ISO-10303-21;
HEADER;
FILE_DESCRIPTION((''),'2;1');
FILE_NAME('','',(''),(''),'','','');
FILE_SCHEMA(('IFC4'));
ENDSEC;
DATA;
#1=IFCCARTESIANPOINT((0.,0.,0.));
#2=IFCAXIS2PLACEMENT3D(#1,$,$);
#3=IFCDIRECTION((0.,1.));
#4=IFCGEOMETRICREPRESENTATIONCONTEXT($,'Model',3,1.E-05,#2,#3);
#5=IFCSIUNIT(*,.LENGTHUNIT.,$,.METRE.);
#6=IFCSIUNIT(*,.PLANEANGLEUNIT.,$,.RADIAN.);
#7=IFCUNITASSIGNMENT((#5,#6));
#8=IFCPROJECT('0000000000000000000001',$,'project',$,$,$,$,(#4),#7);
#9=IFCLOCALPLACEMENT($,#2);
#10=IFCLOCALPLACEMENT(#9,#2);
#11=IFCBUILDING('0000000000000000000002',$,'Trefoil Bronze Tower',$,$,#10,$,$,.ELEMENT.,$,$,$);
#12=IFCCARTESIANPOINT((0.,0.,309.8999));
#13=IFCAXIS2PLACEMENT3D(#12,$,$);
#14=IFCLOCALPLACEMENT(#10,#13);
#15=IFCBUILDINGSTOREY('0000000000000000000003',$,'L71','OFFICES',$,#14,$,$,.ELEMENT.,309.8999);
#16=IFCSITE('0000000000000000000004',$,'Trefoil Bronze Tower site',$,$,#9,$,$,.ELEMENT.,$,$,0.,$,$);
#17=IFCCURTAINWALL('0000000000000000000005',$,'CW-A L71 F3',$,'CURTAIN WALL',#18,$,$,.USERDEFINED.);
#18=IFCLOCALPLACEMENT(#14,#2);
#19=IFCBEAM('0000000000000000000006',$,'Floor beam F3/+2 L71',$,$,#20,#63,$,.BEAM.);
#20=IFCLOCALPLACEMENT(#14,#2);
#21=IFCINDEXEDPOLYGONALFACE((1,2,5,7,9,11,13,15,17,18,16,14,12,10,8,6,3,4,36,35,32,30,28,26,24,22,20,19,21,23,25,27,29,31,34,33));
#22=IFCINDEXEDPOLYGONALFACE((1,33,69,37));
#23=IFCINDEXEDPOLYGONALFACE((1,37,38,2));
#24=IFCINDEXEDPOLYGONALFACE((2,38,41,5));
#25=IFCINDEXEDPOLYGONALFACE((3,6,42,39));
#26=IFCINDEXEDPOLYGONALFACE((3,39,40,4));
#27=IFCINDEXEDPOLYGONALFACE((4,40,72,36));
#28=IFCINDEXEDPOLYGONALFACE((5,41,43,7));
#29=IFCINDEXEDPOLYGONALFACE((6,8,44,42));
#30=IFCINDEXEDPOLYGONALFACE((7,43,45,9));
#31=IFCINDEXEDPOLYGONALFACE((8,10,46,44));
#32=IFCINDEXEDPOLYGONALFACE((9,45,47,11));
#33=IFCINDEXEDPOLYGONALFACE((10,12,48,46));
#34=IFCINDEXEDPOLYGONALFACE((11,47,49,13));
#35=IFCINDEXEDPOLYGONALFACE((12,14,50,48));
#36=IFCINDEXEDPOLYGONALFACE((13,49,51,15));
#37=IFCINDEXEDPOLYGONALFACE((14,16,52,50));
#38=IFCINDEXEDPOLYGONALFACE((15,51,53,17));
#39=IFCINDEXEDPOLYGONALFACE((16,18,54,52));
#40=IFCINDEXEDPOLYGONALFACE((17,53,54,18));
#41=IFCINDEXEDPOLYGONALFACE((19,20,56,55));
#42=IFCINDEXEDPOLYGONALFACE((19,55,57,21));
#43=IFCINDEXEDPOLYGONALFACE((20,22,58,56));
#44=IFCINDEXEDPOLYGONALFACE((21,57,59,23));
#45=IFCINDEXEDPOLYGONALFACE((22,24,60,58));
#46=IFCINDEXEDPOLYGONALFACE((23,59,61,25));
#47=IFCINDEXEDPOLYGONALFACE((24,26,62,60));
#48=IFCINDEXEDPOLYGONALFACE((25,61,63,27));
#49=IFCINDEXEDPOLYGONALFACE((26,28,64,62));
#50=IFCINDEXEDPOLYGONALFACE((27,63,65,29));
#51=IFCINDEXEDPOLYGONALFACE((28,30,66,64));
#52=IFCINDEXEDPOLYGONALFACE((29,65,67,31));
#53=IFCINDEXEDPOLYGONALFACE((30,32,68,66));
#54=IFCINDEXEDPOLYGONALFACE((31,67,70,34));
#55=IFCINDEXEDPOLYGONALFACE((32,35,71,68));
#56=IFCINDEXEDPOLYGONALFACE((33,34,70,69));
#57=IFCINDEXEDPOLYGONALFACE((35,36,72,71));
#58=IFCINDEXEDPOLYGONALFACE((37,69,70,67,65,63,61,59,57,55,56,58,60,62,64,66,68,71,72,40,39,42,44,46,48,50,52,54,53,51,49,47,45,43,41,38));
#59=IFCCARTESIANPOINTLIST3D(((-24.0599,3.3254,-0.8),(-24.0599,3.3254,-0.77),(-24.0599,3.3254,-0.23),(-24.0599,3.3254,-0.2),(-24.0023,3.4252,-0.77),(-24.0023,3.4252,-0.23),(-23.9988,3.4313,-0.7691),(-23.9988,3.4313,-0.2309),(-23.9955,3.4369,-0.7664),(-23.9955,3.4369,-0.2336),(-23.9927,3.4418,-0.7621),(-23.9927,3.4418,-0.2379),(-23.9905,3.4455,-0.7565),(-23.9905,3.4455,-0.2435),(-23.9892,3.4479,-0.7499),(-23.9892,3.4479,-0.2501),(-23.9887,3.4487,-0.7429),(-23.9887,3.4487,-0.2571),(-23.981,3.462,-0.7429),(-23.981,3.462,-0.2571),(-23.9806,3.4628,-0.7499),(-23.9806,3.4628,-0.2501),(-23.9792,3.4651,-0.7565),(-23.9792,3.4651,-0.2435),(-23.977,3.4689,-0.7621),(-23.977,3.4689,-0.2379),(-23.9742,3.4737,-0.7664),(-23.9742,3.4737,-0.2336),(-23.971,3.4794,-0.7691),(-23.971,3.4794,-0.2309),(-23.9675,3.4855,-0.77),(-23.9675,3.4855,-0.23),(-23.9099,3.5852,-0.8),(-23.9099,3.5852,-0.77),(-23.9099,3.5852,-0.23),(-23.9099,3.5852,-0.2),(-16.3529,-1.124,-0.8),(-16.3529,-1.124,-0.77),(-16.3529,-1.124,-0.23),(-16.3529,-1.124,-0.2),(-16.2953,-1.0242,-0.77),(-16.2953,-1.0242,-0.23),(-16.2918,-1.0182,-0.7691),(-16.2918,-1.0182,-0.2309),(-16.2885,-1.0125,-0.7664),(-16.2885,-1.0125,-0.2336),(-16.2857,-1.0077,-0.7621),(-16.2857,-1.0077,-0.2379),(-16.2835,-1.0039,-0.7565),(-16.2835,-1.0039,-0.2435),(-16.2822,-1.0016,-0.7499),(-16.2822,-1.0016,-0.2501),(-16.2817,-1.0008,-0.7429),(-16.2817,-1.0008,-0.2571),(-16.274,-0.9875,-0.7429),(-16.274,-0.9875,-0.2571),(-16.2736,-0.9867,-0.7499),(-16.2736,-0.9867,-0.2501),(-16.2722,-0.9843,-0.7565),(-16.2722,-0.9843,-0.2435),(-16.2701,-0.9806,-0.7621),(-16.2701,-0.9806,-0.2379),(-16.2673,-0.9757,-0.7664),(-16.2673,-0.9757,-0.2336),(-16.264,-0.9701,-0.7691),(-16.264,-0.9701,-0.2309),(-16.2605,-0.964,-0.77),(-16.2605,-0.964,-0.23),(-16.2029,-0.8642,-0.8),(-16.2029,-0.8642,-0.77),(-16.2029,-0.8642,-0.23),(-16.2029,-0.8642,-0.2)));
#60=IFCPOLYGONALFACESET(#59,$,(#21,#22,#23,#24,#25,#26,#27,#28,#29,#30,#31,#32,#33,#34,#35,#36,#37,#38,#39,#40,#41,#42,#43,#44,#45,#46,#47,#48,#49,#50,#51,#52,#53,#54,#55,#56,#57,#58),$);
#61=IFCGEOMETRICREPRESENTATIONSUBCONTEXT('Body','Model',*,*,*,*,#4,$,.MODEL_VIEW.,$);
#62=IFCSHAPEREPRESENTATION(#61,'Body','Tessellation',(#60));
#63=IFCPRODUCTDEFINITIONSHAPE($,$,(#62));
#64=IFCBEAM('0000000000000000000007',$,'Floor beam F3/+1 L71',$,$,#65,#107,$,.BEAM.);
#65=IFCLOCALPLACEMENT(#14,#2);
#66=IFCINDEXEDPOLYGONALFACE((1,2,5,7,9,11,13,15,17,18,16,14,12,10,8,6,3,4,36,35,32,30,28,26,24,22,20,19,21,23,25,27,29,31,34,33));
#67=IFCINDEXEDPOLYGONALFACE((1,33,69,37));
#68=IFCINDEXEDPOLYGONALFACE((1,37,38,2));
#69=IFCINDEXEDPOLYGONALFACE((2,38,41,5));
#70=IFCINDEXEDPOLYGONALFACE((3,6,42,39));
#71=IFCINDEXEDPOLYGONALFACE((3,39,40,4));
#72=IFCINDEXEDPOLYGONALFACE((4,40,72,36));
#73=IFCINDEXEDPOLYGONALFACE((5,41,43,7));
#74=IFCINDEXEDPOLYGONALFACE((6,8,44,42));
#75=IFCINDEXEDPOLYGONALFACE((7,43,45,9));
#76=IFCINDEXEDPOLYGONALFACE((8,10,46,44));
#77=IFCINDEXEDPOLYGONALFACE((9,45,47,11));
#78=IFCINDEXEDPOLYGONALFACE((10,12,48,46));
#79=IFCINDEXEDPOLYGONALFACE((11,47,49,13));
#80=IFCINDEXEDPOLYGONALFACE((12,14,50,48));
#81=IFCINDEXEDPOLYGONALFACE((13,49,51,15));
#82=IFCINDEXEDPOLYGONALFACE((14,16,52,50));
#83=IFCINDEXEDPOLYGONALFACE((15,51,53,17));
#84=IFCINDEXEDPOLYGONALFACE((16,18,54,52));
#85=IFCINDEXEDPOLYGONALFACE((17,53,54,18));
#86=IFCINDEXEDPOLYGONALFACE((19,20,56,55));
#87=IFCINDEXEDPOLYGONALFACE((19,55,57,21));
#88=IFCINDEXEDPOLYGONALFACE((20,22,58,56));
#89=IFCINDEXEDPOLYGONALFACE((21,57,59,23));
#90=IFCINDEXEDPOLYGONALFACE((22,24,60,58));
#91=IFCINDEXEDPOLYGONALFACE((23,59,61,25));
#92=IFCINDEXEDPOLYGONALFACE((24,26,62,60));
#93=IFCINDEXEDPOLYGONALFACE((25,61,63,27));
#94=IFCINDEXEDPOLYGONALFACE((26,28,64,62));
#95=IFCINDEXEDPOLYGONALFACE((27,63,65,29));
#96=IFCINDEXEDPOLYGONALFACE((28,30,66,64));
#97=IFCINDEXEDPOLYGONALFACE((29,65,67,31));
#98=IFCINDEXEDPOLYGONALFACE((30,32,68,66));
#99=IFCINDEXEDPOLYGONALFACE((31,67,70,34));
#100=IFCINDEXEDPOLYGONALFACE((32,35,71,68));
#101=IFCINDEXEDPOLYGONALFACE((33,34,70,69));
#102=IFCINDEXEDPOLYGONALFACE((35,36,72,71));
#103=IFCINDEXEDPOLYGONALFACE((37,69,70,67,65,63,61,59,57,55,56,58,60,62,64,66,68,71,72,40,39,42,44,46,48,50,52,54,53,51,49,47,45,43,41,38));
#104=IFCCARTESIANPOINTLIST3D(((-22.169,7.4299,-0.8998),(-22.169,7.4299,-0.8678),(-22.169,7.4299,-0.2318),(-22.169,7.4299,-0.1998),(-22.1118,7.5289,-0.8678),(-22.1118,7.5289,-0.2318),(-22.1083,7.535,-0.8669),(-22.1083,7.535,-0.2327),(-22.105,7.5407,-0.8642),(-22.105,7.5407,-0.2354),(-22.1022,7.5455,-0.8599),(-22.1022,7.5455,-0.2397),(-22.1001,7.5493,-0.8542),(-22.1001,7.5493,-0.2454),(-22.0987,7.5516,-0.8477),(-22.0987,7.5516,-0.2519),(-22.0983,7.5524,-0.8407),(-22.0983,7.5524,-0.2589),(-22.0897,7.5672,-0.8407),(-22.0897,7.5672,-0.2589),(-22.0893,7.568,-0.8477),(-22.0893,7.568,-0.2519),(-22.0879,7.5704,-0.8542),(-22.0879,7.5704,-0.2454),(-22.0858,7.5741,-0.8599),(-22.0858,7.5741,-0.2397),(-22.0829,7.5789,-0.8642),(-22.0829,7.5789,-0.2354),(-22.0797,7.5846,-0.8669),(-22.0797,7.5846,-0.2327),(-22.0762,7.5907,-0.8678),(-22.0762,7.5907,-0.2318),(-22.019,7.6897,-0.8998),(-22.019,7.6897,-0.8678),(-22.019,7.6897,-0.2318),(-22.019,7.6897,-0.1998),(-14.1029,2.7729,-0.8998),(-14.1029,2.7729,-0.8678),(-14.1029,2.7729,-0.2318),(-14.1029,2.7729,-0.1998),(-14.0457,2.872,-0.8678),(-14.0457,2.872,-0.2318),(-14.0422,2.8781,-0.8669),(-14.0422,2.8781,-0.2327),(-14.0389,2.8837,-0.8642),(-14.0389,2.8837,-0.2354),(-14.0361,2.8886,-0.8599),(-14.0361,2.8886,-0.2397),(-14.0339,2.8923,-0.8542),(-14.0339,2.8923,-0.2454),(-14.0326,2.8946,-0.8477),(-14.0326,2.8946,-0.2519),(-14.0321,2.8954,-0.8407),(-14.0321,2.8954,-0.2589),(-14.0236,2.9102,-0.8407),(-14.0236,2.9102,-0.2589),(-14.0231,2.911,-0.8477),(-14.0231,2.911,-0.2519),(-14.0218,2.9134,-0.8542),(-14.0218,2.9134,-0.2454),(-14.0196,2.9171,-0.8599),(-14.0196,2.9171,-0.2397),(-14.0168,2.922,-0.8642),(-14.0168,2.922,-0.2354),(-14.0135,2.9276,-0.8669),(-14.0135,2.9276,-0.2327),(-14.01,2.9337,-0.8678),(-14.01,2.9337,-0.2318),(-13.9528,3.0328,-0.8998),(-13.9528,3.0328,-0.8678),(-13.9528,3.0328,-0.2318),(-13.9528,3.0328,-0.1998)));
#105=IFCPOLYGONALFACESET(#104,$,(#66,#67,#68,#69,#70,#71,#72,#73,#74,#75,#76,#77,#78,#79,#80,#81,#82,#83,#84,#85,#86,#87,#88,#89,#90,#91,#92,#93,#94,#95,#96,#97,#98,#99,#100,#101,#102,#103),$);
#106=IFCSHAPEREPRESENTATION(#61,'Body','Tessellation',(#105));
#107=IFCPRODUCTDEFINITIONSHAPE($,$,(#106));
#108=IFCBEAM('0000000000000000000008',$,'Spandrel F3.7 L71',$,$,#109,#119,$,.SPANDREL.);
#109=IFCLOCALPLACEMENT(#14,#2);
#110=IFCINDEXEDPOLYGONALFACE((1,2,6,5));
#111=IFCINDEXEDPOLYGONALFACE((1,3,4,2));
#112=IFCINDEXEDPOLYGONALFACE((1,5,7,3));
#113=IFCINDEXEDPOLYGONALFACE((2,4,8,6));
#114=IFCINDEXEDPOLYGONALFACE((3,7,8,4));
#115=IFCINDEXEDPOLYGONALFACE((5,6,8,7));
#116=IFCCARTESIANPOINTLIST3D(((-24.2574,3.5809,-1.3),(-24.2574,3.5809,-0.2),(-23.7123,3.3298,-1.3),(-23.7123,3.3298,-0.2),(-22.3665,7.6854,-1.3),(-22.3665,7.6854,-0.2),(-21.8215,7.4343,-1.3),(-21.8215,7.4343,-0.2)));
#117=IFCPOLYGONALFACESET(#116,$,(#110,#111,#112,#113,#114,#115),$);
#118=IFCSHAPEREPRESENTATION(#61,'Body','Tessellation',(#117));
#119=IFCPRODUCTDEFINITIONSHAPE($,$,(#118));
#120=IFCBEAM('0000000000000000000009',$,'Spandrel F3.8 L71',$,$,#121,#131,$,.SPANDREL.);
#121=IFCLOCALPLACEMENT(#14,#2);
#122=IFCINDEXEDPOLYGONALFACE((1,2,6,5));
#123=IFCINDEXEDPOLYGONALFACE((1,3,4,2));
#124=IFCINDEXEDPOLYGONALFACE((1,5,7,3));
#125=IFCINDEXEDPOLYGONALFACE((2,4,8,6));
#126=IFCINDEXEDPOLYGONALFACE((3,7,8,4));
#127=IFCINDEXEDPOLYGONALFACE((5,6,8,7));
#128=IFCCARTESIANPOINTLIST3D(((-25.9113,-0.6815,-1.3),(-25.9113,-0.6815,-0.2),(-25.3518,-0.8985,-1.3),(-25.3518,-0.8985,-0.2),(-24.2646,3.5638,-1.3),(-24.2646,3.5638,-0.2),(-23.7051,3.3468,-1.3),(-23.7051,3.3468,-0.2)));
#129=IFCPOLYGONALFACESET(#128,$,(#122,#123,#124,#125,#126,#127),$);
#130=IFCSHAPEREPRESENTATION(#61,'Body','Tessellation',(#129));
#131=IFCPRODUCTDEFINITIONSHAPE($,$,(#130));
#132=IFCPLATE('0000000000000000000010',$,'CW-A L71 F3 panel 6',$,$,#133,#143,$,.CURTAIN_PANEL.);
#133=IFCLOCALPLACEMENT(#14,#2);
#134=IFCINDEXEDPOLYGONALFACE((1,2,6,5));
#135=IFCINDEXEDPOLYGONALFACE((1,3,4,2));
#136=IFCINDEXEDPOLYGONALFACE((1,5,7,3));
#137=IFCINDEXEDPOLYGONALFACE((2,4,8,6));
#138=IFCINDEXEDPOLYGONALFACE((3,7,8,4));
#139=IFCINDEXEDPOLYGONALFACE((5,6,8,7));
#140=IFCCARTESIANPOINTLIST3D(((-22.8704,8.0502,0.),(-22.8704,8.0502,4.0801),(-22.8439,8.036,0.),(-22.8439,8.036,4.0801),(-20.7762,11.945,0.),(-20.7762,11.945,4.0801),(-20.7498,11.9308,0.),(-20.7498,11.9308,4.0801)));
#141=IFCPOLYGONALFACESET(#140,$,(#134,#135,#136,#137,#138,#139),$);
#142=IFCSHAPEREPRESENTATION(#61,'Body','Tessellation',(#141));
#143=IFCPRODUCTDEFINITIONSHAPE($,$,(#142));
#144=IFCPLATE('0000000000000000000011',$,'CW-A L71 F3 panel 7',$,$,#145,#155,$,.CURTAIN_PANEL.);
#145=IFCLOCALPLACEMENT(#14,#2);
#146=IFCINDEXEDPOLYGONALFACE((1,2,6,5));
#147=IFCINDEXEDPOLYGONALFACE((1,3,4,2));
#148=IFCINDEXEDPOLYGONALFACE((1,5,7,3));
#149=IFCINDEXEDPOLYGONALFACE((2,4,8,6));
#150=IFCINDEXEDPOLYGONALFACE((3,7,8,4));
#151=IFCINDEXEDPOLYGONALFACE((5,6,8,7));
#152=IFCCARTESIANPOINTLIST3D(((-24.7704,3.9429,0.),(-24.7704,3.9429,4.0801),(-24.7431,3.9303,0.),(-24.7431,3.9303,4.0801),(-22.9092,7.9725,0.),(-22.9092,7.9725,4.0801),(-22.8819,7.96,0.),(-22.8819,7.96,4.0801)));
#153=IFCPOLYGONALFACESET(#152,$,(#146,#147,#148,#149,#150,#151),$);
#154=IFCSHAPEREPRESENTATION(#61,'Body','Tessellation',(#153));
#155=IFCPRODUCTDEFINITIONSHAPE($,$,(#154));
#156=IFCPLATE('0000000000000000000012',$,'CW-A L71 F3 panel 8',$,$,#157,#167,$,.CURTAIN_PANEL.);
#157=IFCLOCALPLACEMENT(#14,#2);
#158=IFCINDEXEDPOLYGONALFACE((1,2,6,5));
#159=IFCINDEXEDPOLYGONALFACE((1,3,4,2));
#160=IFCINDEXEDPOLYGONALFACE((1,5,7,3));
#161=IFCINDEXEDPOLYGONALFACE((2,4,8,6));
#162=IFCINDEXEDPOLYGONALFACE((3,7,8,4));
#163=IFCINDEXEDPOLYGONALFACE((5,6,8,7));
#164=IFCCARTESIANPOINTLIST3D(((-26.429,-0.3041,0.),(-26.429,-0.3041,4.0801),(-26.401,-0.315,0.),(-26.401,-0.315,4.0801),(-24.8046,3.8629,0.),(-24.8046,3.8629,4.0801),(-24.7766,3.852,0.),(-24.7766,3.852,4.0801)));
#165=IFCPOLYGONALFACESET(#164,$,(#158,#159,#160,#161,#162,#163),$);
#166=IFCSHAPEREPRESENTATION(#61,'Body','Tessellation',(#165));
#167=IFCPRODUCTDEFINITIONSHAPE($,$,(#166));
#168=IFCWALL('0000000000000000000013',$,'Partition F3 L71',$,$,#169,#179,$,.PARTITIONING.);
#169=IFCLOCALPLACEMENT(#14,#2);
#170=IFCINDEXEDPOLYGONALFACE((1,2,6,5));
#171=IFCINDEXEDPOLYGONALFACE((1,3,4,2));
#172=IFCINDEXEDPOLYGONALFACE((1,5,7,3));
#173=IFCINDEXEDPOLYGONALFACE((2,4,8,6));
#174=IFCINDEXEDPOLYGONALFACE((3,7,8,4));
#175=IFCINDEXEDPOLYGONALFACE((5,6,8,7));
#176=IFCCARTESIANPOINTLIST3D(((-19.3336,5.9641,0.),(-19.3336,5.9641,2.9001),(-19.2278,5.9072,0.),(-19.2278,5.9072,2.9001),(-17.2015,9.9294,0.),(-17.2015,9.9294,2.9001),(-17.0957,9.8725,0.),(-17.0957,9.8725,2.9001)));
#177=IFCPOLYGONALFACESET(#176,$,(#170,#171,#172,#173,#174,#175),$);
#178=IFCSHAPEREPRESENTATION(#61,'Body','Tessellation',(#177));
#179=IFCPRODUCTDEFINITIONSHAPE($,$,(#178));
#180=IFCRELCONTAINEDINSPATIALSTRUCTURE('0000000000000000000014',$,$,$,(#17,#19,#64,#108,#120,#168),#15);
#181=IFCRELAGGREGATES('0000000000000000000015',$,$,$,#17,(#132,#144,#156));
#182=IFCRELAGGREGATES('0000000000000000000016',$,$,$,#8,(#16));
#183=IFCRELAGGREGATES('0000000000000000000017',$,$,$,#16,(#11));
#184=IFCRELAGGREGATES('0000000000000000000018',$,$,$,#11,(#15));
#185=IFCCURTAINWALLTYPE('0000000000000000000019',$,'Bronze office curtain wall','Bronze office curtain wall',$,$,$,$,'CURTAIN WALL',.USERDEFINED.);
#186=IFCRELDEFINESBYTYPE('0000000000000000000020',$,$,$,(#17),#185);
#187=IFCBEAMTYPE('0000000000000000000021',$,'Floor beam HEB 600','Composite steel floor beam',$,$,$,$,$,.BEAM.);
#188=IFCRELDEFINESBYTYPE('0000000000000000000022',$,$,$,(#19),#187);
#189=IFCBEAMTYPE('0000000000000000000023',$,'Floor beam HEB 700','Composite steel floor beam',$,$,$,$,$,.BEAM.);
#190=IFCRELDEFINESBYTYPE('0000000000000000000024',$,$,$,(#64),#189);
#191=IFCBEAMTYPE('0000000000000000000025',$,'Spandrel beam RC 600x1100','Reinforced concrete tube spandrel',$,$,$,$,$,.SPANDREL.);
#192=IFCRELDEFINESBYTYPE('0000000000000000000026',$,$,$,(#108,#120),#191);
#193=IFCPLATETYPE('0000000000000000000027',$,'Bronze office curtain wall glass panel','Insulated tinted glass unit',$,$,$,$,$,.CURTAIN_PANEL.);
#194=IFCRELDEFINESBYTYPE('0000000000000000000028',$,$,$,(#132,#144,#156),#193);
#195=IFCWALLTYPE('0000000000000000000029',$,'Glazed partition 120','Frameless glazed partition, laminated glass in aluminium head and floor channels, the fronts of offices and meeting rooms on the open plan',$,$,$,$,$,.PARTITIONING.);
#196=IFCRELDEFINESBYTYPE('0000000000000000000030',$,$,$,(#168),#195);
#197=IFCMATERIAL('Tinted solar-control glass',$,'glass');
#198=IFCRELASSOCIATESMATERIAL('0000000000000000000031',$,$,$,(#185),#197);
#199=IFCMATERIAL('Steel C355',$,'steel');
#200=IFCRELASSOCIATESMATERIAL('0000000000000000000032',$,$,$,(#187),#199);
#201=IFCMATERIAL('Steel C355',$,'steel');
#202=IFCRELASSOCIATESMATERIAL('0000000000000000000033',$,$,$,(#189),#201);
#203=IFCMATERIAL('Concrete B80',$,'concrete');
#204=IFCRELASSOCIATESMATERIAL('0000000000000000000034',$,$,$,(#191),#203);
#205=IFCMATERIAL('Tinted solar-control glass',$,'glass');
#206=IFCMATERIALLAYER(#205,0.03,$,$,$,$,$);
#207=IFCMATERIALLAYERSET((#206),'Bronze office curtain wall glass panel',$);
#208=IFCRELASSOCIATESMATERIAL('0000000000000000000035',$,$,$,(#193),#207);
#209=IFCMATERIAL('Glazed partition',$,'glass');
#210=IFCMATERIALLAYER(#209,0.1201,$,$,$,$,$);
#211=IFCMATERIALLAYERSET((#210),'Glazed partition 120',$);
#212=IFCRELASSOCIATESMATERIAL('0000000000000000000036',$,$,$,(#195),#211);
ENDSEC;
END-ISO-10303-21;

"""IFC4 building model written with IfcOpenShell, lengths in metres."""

from ifc_helpers import new_model, si_unit, direction, frame, frame_2d, origin, origin_2d, place, context, subcontext, project, spatial, rectangle, i_section, extrude, material, layer, layer_set, material_profile, profile_set, type_object, element, aggregate, save


model = new_model("IFC4")

# Units and contexts
model_context = context("Model", 3, precision=1e-05, world=origin(), true_north=direction((0.0, 1.0)))
body_context = subcontext(model_context, "Body", "Model", "MODEL_VIEW")
ifc_project = project(units=[si_unit("LENGTHUNIT", "METRE"), si_unit("PLANEANGLEUNIT", "RADIAN")], contexts=[model_context])

# Site, building, storey
site_placement = place(None, origin())
site = spatial("IfcSite", under=ifc_project, at=site_placement, Name="Trefoil Bronze Tower site", CompositionType="ELEMENT", RefElevation=0.0)
building_placement = place(site_placement, origin())
building = spatial("IfcBuilding", under=site, at=building_placement, Name="Trefoil Bronze Tower", CompositionType="ELEMENT")
storey_placement = place(building_placement, frame((0.0, 0.0, 309.8999)))
storey = spatial("IfcBuildingStorey", under=building, at=storey_placement, Name="L71", Description="OFFICES", CompositionType="ELEMENT", Elevation=309.8999)

# Curtain wall
ifc_material_1 = material(Name="Tinted solar-control glass", Category="glass")
curtain_wall_type = type_object("IfcCurtainWallType", Name="Bronze office curtain wall", Description="Bronze office curtain wall", ElementType="CURTAIN WALL", PredefinedType="USERDEFINED", material=ifc_material_1)
curtain_wall_placement = place(storey_placement, origin())
curtain_wall = element("IfcCurtainWall", 1, at=curtain_wall_placement, inside=storey, type_object=curtain_wall_type, Name="CW-A L71 F3", ObjectType="CURTAIN WALL", PredefinedType="USERDEFINED")

# Beams
ifc_material_2 = material(Name="Steel C355", Category="steel")
ifc_material_profile_1 = material_profile(ifc_material_2, i_section(OverallWidth=0.3, OverallDepth=0.6001, WebThickness=0.0154, FlangeThickness=0.03, FilletRadius=0.0271, at=origin_2d()), Name="HEB 600")
ifc_profile_set_1 = profile_set([ifc_material_profile_1], Name="Steel C355")
beam_type_1 = type_object("IfcBeamType", Name="Floor beam HEB 600", Description="Composite steel floor beam", PredefinedType="BEAM", material=ifc_profile_set_1)
beam_1_placement = place(storey_placement, frame((-23.9849, 3.4553, -0.5), z_axis=(0.866035, -0.499984, 0.0), x_axis=(0.499984, 0.866035, 0.0)))
element("IfcBeam", 2, at=beam_1_placement, inside=storey, type_object=beam_type_1, Name="Floor beam F3/+2 L71", PredefinedType="BEAM", context=body_context, shape_type="SweptSolid", body=[
    extrude(i_section(OverallWidth=0.3, OverallDepth=0.6001, WebThickness=0.0154, FlangeThickness=0.03, FilletRadius=0.0271, at=origin_2d()), origin(), (0.0, 0.0, 1.0), 8.8992),
])
ifc_material_3 = material(Name="Steel C355", Category="steel")
ifc_material_profile_2 = material_profile(ifc_material_3, i_section(OverallWidth=0.3, OverallDepth=0.7, WebThickness=0.0171, FlangeThickness=0.032, FilletRadius=0.0271, at=origin_2d()), Name="HEB 700")
ifc_profile_set_2 = profile_set([ifc_material_profile_2], Name="Steel C355")
beam_type_2 = type_object("IfcBeamType", Name="Floor beam HEB 700", Description="Composite steel floor beam", PredefinedType="BEAM", material=ifc_profile_set_2)
beam_2_placement = place(storey_placement, frame((-22.094, 7.5598, -0.5498), z_axis=(0.866026, -0.499999, 0.0), x_axis=(0.499999, 0.866026, 0.0)))
element("IfcBeam", 3, at=beam_2_placement, inside=storey, type_object=beam_type_2, Name="Floor beam F3/+1 L71", PredefinedType="BEAM", context=body_context, shape_type="SweptSolid", body=[
    extrude(i_section(OverallWidth=0.3, OverallDepth=0.7, WebThickness=0.0171, FlangeThickness=0.032, FilletRadius=0.0271, at=origin_2d()), origin(), (0.0, 0.0, 1.0), 9.314),
])
ifc_material_4 = material(Name="Concrete B80", Category="concrete")
ifc_material_profile_3 = material_profile(ifc_material_4, rectangle(XDim=0.6001, YDim=1.1001, at=origin_2d()), Name="RC 600x1100")
ifc_profile_set_3 = profile_set([ifc_material_profile_3], Name="Concrete B80")
beam_type_3 = type_object("IfcBeamType", Name="Spandrel beam RC 600x1100", Description="Reinforced concrete tube spandrel", PredefinedType="SPANDREL", material=ifc_profile_set_3)
beam_3_placement = place(storey_placement, frame((-22.094, 7.5598, -0.75), z_axis=(-0.418417, -0.908255, 0.0), x_axis=(0.908255, -0.418417, 0.0)))
element("IfcBeam", 4, at=beam_3_placement, inside=storey, type_object=beam_type_3, Name="Spandrel F3.7 L71", PredefinedType="SPANDREL", context=body_context, shape_type="SweptSolid", body=[
    extrude(rectangle(XDim=0.6001, YDim=1.1001, at=origin_2d()), origin(), (0.0, 0.0, 1.0), 4.519),
])
beam_4_placement = place(storey_placement, frame((-23.9849, 3.4553, -0.75), z_axis=(-0.361636, -0.932319, 0.0), x_axis=(0.932319, -0.361636, 0.0)))
element("IfcBeam", 5, at=beam_4_placement, inside=storey, type_object=beam_type_3, Name="Spandrel F3.8 L71", PredefinedType="SPANDREL", context=body_context, shape_type="SweptSolid", body=[
    extrude(rectangle(XDim=0.6001, YDim=1.1001, at=origin_2d()), origin(), (0.0, 0.0, 1.0), 4.5535),
])

# Plates
ifc_material_5 = material(Name="Tinted solar-control glass", Category="glass")
ifc_layer_1 = layer(ifc_material_5, 0.03)
ifc_layer_set_1 = layer_set([ifc_layer_1], Name="Bronze office curtain wall glass panel")
plate_type = type_object("IfcPlateType", Name="Bronze office curtain wall glass panel", Description="Insulated tinted glass unit", PredefinedType="CURTAIN_PANEL", material=ifc_layer_set_1)
plate_1_placement = place(storey_placement, frame((-21.8101, 9.9905, 0.0), z_axis=(0.0, 0.0, 1.0), x_axis=(-0.473562, -0.88076, 0.0)))
plate_1 = element("IfcPlate", 6, at=plate_1_placement, type_object=plate_type, Name="CW-A L71 F3 panel 6", PredefinedType="CURTAIN_PANEL", context=body_context, shape_type="SweptSolid", body=[
    extrude(rectangle(XDim=4.4221, YDim=0.03, at=origin_2d()), origin(), (0.0, 0.0, 1.0), 4.0801),
])
plate_2_placement = place(storey_placement, frame((-23.8262, 5.9514, 0.0), z_axis=(0.0, 0.0, 1.0), x_axis=(-0.419309, -0.907844, 0.0)))
plate_2 = element("IfcPlate", 7, at=plate_2_placement, type_object=plate_type, Name="CW-A L71 F3 panel 7", PredefinedType="CURTAIN_PANEL", context=body_context, shape_type="SweptSolid", body=[
    extrude(rectangle(XDim=4.4387, YDim=0.03, at=origin_2d()), origin(), (0.0, 0.0, 1.0), 4.0801),
])
plate_3_placement = place(storey_placement, frame((-25.6028, 1.7739, 0.0), z_axis=(0.0, 0.0, 1.0), x_axis=(-0.363199, -0.931712, 0.0)))
plate_3 = element("IfcPlate", 8, at=plate_3_placement, type_object=plate_type, Name="CW-A L71 F3 panel 8", PredefinedType="CURTAIN_PANEL", context=body_context, shape_type="SweptSolid", body=[
    extrude(rectangle(XDim=4.4724, YDim=0.03, at=origin_2d()), origin(), (0.0, 0.0, 1.0), 4.0801),
])
aggregate(curtain_wall, [plate_1, plate_2, plate_3])

# Wall
ifc_material_6 = material(Name="Glazed partition", Category="glass")
ifc_layer_2 = layer(ifc_material_6, 0.1201)
ifc_layer_set_2 = layer_set([ifc_layer_2], Name="Glazed partition 120")
wall_type_1 = type_object("IfcWallType", Name="Glazed partition 120", Description="Frameless glazed partition, laminated glass in aluminium head and floor channels, the fronts of offices and meeting rooms on the open plan", PredefinedType="PARTITIONING", material=ifc_layer_set_2)
wall_1_placement = place(storey_placement, frame((-17.1487, 9.9009, 0.0), z_axis=(0.0, 0.0, 1.0), x_axis=(-0.473566, -0.880758, 0.0)))
element("IfcWall", 9, at=wall_1_placement, inside=storey, type_object=wall_type_1, Name="Partition F3 L71", PredefinedType="PARTITIONING", context=body_context, shape_type="SweptSolid", body=[
    extrude(rectangle(XDim=4.5022, YDim=0.1201, at=frame_2d((2.251, 0.0))), origin(), (0.0, 0.0, 1.0), 2.9001),
])

save(model, "model.ifc")
